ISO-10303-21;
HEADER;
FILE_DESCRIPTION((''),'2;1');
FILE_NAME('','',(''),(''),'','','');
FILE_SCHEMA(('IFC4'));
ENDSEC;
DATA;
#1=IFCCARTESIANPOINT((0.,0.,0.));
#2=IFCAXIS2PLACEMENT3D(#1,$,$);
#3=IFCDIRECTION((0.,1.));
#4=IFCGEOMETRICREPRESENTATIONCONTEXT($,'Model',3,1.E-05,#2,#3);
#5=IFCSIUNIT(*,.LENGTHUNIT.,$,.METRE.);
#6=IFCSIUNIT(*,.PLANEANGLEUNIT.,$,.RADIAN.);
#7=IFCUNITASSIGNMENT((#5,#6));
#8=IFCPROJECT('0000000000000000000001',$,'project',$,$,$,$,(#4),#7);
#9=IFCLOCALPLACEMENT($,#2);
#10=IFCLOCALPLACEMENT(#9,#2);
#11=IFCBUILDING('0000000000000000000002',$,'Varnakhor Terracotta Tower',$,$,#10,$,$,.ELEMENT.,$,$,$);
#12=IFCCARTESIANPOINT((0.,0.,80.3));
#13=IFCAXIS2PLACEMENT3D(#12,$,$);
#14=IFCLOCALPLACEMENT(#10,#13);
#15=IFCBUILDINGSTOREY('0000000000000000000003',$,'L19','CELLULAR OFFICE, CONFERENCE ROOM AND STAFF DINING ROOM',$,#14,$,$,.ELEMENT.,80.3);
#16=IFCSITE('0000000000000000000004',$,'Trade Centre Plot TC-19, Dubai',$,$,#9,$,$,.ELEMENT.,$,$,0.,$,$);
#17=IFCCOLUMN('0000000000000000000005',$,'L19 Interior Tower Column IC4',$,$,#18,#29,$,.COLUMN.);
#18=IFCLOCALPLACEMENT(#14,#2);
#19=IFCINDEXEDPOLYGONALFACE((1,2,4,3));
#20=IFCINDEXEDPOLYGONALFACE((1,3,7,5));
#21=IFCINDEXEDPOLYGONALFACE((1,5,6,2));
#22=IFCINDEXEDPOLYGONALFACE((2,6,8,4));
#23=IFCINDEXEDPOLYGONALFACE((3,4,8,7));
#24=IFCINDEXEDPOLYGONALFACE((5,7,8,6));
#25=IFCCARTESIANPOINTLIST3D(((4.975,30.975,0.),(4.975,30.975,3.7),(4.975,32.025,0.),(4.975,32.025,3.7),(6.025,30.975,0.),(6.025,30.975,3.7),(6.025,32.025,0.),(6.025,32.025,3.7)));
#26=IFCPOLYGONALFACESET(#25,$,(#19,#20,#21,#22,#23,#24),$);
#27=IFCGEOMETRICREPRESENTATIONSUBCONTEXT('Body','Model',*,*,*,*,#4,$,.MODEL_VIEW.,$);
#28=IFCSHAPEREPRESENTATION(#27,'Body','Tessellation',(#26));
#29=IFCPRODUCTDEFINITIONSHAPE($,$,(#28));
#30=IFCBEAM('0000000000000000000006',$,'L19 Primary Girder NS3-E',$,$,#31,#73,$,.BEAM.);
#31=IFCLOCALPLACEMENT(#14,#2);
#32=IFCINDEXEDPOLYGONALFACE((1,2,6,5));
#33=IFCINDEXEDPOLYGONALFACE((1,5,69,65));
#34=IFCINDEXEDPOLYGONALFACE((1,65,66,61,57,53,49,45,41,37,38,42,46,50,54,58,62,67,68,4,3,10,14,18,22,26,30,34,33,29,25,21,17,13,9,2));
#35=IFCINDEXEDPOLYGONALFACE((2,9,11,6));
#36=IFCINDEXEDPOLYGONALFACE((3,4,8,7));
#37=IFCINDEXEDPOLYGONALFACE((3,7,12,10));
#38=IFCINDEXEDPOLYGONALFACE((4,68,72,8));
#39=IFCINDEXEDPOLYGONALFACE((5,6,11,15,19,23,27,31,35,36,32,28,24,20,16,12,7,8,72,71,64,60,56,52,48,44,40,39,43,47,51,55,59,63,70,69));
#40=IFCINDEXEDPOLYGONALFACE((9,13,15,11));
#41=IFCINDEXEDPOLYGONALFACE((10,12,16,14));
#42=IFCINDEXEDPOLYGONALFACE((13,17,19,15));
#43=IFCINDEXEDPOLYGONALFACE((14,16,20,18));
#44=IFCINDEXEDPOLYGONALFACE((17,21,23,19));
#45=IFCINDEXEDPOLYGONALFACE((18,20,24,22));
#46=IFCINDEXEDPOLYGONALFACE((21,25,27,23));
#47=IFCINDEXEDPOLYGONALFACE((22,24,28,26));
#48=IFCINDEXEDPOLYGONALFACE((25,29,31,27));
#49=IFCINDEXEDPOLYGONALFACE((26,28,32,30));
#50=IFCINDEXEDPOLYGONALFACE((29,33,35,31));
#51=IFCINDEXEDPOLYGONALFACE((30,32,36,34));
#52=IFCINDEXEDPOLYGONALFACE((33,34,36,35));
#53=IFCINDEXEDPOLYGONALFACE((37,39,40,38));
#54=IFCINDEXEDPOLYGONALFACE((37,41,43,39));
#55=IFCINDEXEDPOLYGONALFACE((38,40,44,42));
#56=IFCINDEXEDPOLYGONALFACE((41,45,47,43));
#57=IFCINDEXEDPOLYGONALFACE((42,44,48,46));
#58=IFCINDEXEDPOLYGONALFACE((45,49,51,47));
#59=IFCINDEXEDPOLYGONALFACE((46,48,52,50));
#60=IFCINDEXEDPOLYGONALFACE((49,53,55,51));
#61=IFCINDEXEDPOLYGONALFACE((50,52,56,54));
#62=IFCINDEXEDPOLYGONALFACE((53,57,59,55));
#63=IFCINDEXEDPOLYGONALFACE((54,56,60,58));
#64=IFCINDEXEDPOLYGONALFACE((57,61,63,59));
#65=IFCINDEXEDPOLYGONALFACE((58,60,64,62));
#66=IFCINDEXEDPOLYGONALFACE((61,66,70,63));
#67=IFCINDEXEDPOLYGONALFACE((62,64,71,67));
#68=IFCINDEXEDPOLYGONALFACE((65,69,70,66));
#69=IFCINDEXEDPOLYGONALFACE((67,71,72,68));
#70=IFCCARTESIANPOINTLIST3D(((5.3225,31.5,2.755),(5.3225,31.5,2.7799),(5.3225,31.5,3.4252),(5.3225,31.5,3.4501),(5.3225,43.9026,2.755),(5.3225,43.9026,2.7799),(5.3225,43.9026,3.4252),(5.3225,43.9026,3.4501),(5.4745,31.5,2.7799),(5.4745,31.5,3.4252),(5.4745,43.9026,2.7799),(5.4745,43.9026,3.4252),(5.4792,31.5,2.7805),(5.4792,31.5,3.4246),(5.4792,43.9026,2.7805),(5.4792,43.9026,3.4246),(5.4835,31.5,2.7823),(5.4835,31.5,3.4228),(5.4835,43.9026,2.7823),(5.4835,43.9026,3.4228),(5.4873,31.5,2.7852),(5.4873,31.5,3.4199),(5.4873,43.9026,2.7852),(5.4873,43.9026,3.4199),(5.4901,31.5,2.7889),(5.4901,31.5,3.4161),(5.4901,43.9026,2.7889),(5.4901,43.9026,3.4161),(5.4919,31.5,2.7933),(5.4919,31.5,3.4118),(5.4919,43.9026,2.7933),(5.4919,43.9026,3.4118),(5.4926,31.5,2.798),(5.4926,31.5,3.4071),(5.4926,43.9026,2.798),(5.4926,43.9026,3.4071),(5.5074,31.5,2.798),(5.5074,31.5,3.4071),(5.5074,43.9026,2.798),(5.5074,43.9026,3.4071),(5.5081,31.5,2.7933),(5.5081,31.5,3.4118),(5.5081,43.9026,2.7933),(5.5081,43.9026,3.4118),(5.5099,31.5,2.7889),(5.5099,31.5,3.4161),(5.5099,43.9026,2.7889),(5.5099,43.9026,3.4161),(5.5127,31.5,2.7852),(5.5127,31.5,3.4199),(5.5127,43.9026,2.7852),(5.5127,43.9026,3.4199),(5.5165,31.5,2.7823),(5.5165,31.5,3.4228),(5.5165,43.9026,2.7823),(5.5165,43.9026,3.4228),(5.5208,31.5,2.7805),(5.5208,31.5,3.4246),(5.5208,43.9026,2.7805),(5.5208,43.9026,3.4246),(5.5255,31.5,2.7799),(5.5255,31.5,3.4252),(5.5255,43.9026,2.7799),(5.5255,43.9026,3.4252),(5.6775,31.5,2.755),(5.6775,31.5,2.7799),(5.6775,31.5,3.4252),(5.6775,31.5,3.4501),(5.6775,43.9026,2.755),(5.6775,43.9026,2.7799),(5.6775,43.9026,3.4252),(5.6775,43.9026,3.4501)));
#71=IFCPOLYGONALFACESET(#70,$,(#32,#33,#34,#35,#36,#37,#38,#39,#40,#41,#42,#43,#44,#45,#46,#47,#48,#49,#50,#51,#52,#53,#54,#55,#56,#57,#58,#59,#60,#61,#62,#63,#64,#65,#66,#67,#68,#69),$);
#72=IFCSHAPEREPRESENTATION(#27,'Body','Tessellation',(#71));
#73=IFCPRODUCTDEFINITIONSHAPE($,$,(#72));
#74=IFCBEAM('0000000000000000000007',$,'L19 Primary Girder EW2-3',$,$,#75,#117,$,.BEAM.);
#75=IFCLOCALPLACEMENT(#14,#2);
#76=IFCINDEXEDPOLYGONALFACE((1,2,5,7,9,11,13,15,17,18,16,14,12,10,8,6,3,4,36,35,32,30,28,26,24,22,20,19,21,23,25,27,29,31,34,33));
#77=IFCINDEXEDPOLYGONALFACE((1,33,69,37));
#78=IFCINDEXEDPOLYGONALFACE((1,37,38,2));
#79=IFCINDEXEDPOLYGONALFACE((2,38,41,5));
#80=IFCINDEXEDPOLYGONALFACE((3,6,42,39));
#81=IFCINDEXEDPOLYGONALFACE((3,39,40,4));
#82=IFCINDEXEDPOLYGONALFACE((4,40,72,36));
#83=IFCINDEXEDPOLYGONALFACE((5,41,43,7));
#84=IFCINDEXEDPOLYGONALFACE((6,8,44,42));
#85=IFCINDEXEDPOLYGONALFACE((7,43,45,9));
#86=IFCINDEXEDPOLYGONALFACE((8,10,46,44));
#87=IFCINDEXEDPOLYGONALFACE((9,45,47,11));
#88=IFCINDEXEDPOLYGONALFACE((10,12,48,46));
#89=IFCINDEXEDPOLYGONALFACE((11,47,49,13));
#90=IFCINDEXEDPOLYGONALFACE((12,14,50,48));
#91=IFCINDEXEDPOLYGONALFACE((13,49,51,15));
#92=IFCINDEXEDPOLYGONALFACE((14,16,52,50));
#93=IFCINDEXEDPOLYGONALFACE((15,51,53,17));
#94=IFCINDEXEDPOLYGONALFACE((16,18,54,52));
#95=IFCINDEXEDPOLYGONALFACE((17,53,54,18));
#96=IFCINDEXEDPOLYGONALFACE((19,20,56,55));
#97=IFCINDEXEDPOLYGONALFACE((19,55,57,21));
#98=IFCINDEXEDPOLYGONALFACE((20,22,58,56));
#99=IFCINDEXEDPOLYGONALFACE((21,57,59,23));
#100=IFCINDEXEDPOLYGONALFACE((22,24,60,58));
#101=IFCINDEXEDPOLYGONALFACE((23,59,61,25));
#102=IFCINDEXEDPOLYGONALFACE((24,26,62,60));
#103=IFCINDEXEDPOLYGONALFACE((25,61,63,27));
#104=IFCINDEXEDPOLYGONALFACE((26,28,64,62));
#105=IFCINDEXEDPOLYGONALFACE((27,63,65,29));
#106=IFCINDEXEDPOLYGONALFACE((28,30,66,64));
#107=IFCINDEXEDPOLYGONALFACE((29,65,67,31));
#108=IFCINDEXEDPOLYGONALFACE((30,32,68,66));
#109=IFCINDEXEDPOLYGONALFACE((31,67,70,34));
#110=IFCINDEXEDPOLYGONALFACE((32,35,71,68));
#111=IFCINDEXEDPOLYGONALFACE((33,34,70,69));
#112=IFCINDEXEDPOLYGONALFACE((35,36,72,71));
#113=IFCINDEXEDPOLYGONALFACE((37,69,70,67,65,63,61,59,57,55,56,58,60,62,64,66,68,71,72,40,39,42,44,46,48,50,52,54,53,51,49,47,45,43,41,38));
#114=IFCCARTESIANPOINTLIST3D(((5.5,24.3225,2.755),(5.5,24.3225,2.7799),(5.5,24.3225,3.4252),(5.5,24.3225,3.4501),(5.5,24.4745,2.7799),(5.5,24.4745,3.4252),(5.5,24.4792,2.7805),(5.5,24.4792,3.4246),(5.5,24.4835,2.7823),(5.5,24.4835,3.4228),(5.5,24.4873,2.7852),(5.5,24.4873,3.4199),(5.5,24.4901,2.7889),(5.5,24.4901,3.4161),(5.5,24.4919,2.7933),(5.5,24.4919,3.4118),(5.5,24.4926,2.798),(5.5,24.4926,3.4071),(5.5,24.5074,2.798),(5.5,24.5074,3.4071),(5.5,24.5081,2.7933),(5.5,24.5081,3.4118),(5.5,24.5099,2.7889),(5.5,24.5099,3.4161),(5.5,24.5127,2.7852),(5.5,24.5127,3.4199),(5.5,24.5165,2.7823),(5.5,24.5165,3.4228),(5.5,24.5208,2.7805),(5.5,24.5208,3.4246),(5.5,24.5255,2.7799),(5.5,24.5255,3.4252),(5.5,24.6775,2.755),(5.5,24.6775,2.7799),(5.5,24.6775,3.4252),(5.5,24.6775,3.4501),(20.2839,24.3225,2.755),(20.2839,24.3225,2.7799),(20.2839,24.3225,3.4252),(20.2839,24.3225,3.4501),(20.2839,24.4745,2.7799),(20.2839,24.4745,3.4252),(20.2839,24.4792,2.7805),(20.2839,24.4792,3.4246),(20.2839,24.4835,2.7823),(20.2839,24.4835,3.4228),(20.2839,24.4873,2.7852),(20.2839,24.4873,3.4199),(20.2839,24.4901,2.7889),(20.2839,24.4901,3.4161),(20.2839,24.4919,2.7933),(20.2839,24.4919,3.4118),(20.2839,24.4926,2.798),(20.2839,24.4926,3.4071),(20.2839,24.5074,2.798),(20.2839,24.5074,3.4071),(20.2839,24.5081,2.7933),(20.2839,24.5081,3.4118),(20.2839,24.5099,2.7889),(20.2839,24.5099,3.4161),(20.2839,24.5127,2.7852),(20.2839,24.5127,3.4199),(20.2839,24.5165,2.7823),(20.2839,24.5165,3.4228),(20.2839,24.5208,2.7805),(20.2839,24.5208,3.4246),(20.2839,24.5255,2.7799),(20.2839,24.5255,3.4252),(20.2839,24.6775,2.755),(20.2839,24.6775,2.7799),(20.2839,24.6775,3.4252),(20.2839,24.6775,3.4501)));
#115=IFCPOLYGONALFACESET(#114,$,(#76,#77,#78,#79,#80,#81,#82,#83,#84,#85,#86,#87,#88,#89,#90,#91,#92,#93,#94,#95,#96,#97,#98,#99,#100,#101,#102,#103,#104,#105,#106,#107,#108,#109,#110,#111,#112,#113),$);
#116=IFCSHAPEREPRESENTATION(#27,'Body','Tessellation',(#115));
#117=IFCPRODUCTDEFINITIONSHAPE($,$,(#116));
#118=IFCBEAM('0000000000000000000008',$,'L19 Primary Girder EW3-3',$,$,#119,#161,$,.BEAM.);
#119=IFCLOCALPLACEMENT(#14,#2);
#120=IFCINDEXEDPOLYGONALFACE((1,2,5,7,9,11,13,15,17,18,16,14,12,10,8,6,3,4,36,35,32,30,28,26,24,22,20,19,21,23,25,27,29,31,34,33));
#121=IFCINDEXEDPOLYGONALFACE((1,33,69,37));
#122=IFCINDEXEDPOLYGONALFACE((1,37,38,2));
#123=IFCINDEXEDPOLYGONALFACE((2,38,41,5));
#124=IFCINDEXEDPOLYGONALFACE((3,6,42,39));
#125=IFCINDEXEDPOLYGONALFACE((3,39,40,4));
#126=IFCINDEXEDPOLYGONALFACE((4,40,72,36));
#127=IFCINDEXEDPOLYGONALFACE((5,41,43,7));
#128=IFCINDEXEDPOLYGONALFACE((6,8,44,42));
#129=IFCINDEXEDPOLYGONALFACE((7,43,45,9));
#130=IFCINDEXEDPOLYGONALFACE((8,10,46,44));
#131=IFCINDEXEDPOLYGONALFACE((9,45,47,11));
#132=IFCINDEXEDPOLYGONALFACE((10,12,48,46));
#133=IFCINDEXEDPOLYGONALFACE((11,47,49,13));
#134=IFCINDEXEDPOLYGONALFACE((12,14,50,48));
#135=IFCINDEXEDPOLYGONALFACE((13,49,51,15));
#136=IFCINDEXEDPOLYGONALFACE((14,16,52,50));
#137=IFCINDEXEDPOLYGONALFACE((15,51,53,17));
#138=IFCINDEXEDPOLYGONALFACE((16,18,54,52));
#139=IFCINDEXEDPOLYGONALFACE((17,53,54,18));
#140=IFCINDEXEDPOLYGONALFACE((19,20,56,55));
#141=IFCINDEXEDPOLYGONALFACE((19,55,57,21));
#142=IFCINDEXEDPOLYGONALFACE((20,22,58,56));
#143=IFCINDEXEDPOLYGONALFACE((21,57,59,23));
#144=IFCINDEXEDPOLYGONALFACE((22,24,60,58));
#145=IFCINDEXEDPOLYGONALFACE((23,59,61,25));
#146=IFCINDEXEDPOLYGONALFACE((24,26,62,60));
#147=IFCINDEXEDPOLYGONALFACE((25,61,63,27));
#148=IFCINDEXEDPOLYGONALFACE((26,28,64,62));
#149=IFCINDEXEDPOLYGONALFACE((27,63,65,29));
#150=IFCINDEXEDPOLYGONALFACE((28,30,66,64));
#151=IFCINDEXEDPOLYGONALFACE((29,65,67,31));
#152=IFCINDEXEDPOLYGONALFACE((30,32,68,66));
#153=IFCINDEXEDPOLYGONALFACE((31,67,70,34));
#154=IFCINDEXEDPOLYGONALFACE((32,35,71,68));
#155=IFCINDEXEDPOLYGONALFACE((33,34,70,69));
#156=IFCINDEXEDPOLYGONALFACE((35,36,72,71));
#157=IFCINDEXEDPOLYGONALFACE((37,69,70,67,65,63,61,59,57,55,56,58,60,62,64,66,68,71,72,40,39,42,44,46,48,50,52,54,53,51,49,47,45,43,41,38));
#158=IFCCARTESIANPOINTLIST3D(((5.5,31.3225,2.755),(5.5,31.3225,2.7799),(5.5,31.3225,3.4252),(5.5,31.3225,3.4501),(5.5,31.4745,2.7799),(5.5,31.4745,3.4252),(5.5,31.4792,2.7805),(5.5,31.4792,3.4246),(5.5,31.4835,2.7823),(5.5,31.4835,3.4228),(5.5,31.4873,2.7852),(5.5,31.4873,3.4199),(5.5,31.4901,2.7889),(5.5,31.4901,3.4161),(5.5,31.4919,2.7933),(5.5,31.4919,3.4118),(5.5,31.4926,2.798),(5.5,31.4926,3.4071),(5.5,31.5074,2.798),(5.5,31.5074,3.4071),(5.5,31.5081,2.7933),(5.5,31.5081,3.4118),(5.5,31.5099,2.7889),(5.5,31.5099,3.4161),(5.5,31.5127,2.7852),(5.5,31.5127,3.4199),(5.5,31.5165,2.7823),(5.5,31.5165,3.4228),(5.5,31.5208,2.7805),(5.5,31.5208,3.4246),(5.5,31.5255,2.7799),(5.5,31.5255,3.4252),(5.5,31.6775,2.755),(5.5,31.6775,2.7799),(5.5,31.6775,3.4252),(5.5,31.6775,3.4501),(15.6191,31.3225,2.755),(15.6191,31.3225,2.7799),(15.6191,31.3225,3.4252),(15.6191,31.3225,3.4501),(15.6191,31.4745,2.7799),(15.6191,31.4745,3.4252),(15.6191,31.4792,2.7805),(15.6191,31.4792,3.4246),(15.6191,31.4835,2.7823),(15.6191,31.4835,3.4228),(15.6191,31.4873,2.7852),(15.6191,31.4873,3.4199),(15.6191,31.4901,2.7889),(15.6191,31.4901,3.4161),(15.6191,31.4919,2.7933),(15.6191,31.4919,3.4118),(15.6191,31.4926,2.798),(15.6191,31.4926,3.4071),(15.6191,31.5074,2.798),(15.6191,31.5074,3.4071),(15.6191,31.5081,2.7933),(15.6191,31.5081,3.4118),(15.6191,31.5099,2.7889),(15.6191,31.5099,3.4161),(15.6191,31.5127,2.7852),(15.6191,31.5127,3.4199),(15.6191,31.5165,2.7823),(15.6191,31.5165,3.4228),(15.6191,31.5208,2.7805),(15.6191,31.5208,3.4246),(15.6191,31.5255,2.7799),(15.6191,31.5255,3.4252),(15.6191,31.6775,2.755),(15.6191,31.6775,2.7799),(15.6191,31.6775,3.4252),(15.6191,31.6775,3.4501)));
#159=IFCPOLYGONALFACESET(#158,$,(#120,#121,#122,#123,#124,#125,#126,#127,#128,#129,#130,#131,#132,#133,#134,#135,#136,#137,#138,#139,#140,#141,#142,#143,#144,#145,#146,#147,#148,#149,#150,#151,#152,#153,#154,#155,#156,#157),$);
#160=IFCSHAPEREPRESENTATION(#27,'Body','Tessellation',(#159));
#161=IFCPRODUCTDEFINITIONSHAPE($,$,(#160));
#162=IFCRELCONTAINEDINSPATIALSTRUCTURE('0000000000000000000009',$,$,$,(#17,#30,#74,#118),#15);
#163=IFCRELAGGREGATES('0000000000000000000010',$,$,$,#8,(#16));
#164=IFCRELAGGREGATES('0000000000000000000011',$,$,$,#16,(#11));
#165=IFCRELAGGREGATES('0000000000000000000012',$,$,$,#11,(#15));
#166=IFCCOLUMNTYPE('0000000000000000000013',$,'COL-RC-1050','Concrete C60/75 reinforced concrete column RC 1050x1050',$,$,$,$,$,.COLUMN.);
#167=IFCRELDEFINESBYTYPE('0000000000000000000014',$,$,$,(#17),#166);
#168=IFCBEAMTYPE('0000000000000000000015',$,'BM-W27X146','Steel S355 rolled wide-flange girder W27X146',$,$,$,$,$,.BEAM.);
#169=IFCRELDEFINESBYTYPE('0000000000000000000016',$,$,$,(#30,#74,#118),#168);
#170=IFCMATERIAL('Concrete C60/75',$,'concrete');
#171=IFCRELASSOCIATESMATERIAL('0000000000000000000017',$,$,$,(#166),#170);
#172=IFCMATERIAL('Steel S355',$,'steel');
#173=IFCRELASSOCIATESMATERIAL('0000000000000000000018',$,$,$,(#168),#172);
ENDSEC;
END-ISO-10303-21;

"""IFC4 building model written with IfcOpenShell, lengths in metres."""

from ifc_helpers import new_model, si_unit, direction, frame, origin, origin_2d, place, context, subcontext, project, spatial, rectangle, i_section, extrude, source, transform, mapped, material, material_profile, profile_set, type_object, element, save


model = new_model("IFC4")

# Units and contexts
model_context = context("Model", 3, precision=1e-05, world=origin(), true_north=direction((0.0, 1.0)))
body_context = subcontext(model_context, "Body", "Model", "MODEL_VIEW")
ifc_project = project(units=[si_unit("LENGTHUNIT", "METRE"), si_unit("PLANEANGLEUNIT", "RADIAN")], contexts=[model_context])

# Site, building, storey
site_placement = place(None, origin())
site = spatial("IfcSite", under=ifc_project, at=site_placement, Name="Trade Centre Plot TC-19, Dubai", CompositionType="ELEMENT", RefElevation=0.0)
building_placement = place(site_placement, origin())
building = spatial("IfcBuilding", under=site, at=building_placement, Name="Varnakhor Terracotta Tower", CompositionType="ELEMENT")
storey_placement = place(building_placement, frame((0.0, 0.0, 80.3)))
storey = spatial("IfcBuildingStorey", under=building, at=storey_placement, Name="L19", Description="CELLULAR OFFICE, CONFERENCE ROOM AND STAFF DINING ROOM", CompositionType="ELEMENT", Elevation=80.3)

# Column
ifc_material_1 = material(Name="Concrete C60/75", Category="concrete")
ifc_material_profile_1 = material_profile(ifc_material_1, rectangle(XDim=1.05, YDim=1.05, at=origin_2d()), Name="RC 1050x1050")
ifc_profile_set_1 = profile_set([ifc_material_profile_1], Name="Concrete C60/75")
column_type = type_object("IfcColumnType", Name="COL-RC-1050", Description="Concrete C60/75 reinforced concrete column RC 1050x1050", PredefinedType="COLUMN", material=ifc_profile_set_1)
shared_shape_1 = source(origin(), body_context, "Body", "SweptSolid", [
    extrude(rectangle(XDim=1.05, YDim=1.05, at=origin_2d()), origin(), (0.0, 0.0, 1.0), 3.7),
])
column_placement = place(storey_placement, frame((5.5, 31.5, 0.0), z_axis=(0.0, 0.0, 1.0), x_axis=(1.0, 0.0, 0.0)))
element("IfcColumn", 1, at=column_placement, inside=storey, type_object=column_type, Name="L19 Interior Tower Column IC4", PredefinedType="COLUMN", context=body_context, shape_type="MappedRepresentation", body=[
    mapped(shared_shape_1, transform((0.0, 0.0, 0.0), scale=1.0)),
])

# Beams
ifc_material_2 = material(Name="Steel S355", Category="steel")
ifc_material_profile_2 = material_profile(ifc_material_2, i_section(OverallWidth=0.355, OverallDepth=0.6951, WebThickness=0.0149, FlangeThickness=0.0249, FilletRadius=0.0181, at=origin_2d()), Name="W27X146")
ifc_profile_set_2 = profile_set([ifc_material_profile_2], Name="Steel S355")
beam_type_1 = type_object("IfcBeamType", Name="BM-W27X146", Description="Steel S355 rolled wide-flange girder W27X146", PredefinedType="BEAM", material=ifc_profile_set_2)
shared_shape_2 = source(origin(), body_context, "Body", "SweptSolid", [
    extrude(i_section(OverallWidth=0.355, OverallDepth=0.6951, WebThickness=0.0149, FlangeThickness=0.0249, FilletRadius=0.0181, at=origin_2d()), origin(), (0.0, 0.0, 1.0), 12.4026),
])
beam_1_placement = place(storey_placement, frame((5.5, 31.5, 3.1025), z_axis=(0.0, 1.0, 0.0), x_axis=(-1.0, 0.0, 0.0)))
element("IfcBeam", 2, at=beam_1_placement, inside=storey, type_object=beam_type_1, Name="L19 Primary Girder NS3-E", PredefinedType="BEAM", context=body_context, shape_type="MappedRepresentation", body=[
    mapped(shared_shape_2, transform((0.0, 0.0, 0.0), scale=1.0)),
])
shared_shape_3 = source(origin(), body_context, "Body", "SweptSolid", [
    extrude(i_section(OverallWidth=0.355, OverallDepth=0.6951, WebThickness=0.0149, FlangeThickness=0.0249, FilletRadius=0.0181, at=origin_2d()), origin(), (0.0, 0.0, 1.0), 14.7839),
])
beam_2_placement = place(storey_placement, frame((5.5, 24.5, 3.1025), z_axis=(1.0, 0.0, 0.0), x_axis=(0.0, 1.0, 0.0)))
element("IfcBeam", 3, at=beam_2_placement, inside=storey, type_object=beam_type_1, Name="L19 Primary Girder EW2-3", PredefinedType="BEAM", context=body_context, shape_type="MappedRepresentation", body=[
    mapped(shared_shape_3, transform((0.0, 0.0, 0.0), scale=1.0)),
])
shared_shape_4 = source(origin(), body_context, "Body", "SweptSolid", [
    extrude(i_section(OverallWidth=0.355, OverallDepth=0.6951, WebThickness=0.0149, FlangeThickness=0.0249, FilletRadius=0.0181, at=origin_2d()), origin(), (0.0, 0.0, 1.0), 10.1191),
])
beam_3_placement = place(storey_placement, frame((5.5, 31.5, 3.1025), z_axis=(1.0, 0.0, 0.0), x_axis=(0.0, 1.0, 0.0)))
element("IfcBeam", 4, at=beam_3_placement, inside=storey, type_object=beam_type_1, Name="L19 Primary Girder EW3-3", PredefinedType="BEAM", context=body_context, shape_type="MappedRepresentation", body=[
    mapped(shared_shape_4, transform((0.0, 0.0, 0.0), scale=1.0)),
])

save(model, "model.ifc")
